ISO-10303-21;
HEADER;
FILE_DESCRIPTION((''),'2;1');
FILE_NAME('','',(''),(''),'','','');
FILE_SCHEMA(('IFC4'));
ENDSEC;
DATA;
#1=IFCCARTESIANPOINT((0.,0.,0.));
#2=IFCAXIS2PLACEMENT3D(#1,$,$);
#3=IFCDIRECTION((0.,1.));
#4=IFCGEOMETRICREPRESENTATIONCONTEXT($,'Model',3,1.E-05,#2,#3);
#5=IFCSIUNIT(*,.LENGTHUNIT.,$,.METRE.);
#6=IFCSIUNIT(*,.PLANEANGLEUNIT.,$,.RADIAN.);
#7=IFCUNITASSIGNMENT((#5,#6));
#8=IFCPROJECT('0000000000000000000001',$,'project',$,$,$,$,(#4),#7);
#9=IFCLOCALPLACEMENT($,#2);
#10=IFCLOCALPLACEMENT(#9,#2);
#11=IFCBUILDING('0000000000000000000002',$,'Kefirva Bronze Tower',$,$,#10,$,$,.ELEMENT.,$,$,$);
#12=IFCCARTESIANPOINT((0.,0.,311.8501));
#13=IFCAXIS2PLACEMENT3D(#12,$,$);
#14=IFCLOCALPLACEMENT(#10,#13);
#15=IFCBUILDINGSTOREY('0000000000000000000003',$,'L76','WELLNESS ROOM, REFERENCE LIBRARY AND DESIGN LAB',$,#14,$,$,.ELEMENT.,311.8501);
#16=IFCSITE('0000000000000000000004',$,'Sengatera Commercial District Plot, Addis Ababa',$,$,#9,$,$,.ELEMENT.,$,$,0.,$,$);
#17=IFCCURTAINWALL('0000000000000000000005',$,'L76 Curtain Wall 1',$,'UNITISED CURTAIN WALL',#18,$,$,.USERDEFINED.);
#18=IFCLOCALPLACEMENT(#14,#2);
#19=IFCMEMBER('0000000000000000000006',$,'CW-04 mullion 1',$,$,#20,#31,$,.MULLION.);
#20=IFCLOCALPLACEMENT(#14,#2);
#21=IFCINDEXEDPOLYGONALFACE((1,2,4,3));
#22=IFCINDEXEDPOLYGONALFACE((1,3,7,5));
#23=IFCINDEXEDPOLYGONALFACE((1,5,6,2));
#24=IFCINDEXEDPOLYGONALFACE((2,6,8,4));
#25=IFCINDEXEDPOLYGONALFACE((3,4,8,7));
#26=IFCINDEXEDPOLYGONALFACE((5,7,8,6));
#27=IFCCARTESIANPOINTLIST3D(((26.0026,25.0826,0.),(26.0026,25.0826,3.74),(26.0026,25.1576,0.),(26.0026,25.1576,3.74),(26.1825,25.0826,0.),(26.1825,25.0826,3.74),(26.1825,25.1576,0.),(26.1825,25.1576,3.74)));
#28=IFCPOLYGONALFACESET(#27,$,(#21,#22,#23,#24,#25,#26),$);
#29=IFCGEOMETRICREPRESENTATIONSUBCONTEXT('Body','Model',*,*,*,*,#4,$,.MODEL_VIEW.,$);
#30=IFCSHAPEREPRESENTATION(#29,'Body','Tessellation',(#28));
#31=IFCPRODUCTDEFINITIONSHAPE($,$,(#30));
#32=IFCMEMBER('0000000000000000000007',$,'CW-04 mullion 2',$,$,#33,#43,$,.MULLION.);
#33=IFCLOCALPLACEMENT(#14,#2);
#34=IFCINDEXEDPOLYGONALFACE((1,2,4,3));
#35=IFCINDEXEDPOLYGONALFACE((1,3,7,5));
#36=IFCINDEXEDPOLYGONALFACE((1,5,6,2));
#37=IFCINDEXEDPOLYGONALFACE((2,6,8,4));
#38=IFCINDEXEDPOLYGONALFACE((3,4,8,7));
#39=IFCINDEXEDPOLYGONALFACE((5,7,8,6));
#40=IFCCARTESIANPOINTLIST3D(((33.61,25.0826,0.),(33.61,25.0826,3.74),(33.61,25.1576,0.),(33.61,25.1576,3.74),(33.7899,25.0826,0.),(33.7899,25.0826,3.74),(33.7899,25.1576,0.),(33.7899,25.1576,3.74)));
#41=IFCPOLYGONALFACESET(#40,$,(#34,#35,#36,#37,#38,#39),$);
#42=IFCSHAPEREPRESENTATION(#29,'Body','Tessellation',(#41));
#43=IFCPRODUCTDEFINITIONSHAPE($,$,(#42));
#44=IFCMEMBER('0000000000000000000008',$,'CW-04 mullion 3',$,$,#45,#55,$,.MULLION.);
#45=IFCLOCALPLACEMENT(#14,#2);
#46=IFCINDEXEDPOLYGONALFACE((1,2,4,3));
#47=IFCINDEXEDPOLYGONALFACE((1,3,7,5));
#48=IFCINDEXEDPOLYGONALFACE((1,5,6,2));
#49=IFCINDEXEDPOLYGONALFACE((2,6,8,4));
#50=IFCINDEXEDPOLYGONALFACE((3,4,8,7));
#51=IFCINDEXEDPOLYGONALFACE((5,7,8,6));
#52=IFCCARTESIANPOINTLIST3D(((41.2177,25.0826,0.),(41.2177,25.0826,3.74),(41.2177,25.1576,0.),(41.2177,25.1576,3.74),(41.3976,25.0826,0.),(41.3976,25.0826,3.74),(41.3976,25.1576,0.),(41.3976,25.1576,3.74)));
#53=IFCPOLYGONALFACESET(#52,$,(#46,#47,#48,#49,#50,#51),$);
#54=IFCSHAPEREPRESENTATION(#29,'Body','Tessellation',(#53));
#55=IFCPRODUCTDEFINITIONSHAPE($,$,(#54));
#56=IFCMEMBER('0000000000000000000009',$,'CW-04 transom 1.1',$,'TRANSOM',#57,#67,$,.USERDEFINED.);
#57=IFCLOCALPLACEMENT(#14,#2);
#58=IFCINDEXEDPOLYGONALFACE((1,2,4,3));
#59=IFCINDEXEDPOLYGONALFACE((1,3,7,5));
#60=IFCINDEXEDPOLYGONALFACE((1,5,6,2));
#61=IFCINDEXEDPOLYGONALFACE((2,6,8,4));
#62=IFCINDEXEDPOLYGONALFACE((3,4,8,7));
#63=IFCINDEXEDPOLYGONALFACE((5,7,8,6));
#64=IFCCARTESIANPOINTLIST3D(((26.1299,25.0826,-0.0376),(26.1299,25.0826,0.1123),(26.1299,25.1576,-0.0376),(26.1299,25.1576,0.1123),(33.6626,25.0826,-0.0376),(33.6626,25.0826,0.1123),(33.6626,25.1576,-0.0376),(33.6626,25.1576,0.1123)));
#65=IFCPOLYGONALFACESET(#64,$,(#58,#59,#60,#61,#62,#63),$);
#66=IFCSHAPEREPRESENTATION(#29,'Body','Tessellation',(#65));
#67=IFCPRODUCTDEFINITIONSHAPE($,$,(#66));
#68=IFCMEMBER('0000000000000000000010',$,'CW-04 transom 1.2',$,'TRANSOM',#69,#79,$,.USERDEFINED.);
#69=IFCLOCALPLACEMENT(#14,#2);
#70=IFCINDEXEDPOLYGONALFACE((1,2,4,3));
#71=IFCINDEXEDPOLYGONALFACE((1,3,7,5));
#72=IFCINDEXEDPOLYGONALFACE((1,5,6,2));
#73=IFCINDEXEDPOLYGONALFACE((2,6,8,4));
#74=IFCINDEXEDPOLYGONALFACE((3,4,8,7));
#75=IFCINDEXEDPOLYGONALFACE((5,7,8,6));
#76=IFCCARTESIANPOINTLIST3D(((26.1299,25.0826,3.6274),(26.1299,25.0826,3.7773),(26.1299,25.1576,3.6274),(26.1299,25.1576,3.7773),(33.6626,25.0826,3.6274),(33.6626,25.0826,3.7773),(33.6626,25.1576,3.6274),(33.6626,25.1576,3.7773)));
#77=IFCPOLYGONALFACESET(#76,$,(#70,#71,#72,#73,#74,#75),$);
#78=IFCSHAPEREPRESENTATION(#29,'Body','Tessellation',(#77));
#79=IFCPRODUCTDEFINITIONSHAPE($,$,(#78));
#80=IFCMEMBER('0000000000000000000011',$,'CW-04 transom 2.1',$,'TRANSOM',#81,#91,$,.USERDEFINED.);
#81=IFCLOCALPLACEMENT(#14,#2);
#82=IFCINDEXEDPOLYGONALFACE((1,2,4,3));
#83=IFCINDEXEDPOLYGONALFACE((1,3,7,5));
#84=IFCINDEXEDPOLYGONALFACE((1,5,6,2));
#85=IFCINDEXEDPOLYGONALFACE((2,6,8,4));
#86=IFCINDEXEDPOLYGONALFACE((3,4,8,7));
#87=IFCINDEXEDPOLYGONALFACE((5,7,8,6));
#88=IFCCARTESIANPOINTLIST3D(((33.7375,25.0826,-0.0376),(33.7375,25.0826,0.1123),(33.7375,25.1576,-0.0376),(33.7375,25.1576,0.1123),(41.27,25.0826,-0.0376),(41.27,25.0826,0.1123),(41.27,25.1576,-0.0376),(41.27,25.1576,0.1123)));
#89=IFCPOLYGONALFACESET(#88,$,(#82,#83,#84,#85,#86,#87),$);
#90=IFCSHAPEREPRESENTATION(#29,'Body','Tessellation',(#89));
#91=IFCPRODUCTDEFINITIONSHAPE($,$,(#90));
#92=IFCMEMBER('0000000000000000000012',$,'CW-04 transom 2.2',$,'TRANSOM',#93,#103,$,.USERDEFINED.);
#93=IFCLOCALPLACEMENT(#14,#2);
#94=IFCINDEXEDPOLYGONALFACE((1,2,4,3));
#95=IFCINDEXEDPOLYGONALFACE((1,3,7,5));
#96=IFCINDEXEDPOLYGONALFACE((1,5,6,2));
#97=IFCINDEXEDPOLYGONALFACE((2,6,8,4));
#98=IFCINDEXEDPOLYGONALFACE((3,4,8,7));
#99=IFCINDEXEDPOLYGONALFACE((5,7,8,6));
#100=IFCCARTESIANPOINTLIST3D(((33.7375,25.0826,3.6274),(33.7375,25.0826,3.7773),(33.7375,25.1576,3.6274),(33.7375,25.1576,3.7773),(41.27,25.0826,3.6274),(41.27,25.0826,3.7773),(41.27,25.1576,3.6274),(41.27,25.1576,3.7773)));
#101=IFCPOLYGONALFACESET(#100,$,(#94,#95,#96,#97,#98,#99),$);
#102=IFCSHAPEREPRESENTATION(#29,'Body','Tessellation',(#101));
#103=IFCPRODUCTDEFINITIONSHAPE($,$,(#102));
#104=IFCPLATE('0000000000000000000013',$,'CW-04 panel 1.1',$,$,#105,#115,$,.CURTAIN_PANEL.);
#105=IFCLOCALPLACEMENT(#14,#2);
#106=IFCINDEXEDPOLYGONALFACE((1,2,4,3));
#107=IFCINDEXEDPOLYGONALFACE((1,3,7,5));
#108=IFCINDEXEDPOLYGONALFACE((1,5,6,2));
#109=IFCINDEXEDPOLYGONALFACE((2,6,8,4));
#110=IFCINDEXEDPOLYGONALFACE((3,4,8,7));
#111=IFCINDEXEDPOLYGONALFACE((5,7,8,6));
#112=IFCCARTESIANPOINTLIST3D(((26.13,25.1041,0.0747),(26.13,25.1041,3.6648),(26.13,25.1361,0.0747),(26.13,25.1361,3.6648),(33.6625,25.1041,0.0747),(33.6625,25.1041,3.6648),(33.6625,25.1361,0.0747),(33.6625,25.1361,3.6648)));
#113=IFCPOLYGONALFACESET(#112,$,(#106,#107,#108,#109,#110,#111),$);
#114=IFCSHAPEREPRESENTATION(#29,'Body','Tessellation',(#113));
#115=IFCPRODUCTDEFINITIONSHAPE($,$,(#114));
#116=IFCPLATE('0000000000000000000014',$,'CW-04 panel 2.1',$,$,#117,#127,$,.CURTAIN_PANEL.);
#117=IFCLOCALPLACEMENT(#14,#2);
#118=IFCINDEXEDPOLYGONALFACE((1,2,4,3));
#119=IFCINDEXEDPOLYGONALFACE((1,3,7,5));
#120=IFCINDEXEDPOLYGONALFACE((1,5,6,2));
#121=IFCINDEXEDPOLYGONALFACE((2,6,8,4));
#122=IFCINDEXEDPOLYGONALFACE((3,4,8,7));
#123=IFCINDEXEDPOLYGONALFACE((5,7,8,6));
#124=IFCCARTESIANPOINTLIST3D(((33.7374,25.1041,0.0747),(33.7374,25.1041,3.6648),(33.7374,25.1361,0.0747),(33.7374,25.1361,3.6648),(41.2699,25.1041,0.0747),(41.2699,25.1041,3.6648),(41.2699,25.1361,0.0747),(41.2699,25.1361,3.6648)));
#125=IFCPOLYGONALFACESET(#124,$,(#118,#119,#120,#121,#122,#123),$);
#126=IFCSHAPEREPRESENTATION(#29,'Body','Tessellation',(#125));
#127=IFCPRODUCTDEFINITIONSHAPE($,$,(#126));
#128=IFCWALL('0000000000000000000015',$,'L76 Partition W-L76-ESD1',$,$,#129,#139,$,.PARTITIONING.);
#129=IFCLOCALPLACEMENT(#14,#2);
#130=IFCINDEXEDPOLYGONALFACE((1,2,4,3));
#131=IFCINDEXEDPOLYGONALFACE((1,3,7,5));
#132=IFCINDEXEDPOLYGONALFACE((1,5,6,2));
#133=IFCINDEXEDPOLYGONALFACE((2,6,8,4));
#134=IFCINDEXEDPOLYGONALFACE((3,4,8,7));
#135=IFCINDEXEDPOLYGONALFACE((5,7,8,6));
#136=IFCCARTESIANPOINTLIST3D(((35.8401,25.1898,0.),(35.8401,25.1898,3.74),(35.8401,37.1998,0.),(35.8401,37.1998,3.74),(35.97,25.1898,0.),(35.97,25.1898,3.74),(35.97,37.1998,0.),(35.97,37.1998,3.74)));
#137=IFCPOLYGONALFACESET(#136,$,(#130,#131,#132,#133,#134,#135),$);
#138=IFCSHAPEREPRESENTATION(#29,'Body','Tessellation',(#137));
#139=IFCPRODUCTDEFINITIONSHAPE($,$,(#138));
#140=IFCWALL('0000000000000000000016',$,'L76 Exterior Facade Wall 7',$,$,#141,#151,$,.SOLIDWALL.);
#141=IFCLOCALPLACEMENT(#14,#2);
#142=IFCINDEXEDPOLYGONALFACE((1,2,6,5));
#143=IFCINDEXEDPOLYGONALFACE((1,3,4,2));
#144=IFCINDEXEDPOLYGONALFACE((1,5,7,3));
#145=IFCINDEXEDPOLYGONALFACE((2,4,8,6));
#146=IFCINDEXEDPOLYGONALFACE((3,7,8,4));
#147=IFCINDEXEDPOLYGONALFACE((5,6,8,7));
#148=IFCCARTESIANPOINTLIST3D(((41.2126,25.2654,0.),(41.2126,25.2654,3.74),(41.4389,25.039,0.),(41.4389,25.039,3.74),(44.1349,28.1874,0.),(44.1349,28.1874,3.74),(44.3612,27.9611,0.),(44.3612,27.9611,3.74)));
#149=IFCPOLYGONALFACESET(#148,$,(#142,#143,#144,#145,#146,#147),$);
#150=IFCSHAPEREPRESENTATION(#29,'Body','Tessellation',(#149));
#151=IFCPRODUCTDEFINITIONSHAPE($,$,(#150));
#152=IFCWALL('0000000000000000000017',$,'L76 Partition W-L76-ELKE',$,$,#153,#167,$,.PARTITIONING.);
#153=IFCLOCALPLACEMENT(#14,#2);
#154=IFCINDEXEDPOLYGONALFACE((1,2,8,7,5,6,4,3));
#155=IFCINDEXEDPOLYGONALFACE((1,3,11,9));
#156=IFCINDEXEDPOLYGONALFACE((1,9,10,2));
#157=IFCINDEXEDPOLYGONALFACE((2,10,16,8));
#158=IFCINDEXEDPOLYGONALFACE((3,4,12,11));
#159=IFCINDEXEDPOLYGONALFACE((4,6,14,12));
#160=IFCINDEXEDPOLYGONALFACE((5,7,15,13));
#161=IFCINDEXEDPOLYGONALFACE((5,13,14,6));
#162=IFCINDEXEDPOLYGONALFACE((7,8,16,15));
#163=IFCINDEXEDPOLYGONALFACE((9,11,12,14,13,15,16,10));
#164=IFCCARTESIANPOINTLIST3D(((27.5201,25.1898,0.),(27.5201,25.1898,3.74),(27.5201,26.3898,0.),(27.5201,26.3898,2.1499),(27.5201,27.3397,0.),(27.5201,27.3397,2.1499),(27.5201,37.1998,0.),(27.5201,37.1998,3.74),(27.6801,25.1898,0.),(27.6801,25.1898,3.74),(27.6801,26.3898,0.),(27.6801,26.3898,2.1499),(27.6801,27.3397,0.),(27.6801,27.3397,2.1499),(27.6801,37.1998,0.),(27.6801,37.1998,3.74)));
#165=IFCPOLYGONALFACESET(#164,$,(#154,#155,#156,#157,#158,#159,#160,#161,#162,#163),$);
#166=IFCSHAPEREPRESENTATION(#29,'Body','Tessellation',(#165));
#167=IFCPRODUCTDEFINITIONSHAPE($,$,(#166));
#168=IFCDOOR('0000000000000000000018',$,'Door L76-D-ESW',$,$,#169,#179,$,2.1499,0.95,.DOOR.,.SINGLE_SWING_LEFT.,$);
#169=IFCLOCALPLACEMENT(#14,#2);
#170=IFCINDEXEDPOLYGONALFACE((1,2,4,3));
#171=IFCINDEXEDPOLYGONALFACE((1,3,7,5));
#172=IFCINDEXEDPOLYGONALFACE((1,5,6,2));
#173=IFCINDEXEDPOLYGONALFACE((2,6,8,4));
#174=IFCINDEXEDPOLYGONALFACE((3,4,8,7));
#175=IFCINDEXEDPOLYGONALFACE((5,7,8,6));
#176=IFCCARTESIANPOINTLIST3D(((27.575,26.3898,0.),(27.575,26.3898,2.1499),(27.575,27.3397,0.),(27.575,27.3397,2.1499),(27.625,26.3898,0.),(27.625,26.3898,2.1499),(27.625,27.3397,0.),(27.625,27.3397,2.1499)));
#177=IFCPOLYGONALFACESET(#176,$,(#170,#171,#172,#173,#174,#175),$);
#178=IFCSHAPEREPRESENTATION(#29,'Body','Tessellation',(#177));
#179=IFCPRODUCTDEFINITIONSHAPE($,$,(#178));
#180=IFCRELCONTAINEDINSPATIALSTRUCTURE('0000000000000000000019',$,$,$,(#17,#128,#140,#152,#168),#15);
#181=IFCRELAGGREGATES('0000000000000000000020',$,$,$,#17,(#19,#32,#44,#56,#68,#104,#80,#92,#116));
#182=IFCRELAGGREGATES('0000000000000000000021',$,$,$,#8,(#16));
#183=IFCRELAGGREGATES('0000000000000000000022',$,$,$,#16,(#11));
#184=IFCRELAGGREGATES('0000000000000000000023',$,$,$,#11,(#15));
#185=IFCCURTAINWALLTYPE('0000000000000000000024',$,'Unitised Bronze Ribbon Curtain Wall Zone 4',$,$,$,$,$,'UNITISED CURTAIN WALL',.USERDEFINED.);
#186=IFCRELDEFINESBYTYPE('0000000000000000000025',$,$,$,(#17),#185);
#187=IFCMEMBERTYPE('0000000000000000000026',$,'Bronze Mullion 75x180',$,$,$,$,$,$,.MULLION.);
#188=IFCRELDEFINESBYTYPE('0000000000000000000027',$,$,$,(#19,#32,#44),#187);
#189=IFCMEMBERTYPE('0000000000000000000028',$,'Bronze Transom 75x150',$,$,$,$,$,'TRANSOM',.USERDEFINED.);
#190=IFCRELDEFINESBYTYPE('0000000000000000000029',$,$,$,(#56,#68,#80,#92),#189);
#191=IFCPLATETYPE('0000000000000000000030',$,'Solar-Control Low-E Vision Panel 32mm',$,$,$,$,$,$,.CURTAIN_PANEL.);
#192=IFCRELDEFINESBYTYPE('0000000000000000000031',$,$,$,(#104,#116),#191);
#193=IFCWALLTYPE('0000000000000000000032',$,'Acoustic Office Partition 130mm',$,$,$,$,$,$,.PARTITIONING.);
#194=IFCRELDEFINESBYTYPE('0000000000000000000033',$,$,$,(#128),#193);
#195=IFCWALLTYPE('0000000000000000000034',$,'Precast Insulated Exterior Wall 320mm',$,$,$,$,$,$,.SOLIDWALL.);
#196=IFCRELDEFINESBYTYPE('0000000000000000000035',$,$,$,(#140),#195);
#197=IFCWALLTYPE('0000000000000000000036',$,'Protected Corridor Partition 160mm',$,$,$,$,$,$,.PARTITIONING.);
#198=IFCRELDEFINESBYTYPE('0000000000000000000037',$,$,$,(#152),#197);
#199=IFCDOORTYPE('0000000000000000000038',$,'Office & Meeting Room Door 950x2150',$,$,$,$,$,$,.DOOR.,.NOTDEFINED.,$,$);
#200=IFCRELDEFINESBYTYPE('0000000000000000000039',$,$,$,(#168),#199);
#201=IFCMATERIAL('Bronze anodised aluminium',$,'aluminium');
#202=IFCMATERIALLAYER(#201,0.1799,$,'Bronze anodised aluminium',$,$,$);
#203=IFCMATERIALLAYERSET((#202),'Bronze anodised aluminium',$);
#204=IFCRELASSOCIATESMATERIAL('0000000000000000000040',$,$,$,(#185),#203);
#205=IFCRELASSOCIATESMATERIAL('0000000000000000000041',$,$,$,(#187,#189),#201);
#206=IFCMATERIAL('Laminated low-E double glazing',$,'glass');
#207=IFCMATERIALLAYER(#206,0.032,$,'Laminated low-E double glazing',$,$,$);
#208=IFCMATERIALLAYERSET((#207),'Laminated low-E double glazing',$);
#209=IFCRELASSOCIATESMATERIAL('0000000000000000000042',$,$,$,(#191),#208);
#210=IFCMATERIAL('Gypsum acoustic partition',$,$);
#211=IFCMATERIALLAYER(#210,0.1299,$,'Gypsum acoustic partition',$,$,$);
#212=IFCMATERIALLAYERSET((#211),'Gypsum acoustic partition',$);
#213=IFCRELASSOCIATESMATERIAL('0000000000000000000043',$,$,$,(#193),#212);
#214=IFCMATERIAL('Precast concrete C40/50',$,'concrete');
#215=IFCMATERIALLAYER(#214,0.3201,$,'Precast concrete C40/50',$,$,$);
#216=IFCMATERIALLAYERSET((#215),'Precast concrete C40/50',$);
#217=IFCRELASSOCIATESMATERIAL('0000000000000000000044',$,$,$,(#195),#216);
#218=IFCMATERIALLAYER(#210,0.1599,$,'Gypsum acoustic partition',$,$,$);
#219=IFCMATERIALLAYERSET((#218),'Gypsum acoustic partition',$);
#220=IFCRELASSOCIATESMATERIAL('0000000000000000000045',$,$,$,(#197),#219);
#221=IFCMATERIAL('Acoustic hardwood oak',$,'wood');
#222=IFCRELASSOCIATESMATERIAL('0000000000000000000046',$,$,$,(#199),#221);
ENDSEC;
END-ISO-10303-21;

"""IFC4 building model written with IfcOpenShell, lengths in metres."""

from ifc_helpers import new_model, si_unit, direction, frame, frame_2d, origin, origin_2d, place, context, subcontext, project, spatial, rectangle, extrude, material, layer, layer_set, material_profile, profile_set, type_object, element, fill, aggregate, save


model = new_model("IFC4")

# Units and contexts
model_context = context("Model", 3, precision=1e-05, world=origin(), true_north=direction((0.0, 1.0)))
body_context = subcontext(model_context, "Body", "Model", "MODEL_VIEW")
ifc_project = project(units=[si_unit("LENGTHUNIT", "METRE"), si_unit("PLANEANGLEUNIT", "RADIAN")], contexts=[model_context])

# Site, building, storey
site_placement = place(None, origin())
site = spatial("IfcSite", under=ifc_project, at=site_placement, Name="Sengatera Commercial District Plot, Addis Ababa", CompositionType="ELEMENT", RefElevation=0.0)
building_placement = place(site_placement, origin())
building = spatial("IfcBuilding", under=site, at=building_placement, Name="Kefirva Bronze Tower", CompositionType="ELEMENT")
storey_placement = place(building_placement, frame((0.0, 0.0, 311.8501)))
storey = spatial("IfcBuildingStorey", under=building, at=storey_placement, Name="L76", Description="WELLNESS ROOM, REFERENCE LIBRARY AND DESIGN LAB", CompositionType="ELEMENT", Elevation=311.8501)

# Curtain wall, members, plates
ifc_material_1 = material(Name="Bronze anodised aluminium", Category="aluminium")
ifc_layer_1 = layer(ifc_material_1, 0.1799, Name="Bronze anodised aluminium")
ifc_layer_set_1 = layer_set([ifc_layer_1], Name="Bronze anodised aluminium")
curtain_wall_type = type_object("IfcCurtainWallType", Name="Unitised Bronze Ribbon Curtain Wall Zone 4", ElementType="UNITISED CURTAIN WALL", PredefinedType="USERDEFINED", material=ifc_layer_set_1)
curtain_wall_placement = place(storey_placement, origin())
curtain_wall = element("IfcCurtainWall", 1, at=curtain_wall_placement, inside=storey, type_object=curtain_wall_type, Name="L76 Curtain Wall 1", ObjectType="UNITISED CURTAIN WALL", PredefinedType="USERDEFINED")
ifc_material_profile_1 = material_profile(ifc_material_1, rectangle(XDim=0.075, YDim=0.1799, at=origin_2d()), Name="ALU 75x180")
ifc_profile_set_1 = profile_set([ifc_material_profile_1], Name="Bronze anodised aluminium")
member_type_1 = type_object("IfcMemberType", Name="Bronze Mullion 75x180", PredefinedType="MULLION", material=ifc_profile_set_1)
member_1_placement = place(storey_placement, frame((26.0925, 25.1201, 0.0), z_axis=(0.0, 0.0, 1.0), x_axis=(0.0, 1.0, 0.0)))
member_1 = element("IfcMember", 2, at=member_1_placement, type_object=member_type_1, Name="CW-04 mullion 1", PredefinedType="MULLION", context=body_context, shape_type="SweptSolid", body=[
    extrude(rectangle(XDim=0.075, YDim=0.1799, at=origin_2d()), origin(), (0.0, 0.0, 1.0), 3.74),
])
member_2_placement = place(storey_placement, frame((33.7, 25.1201, 0.0), z_axis=(0.0, 0.0, 1.0), x_axis=(0.0, 1.0, 0.0)))
member_2 = element("IfcMember", 3, at=member_2_placement, type_object=member_type_1, Name="CW-04 mullion 2", PredefinedType="MULLION", context=body_context, shape_type="SweptSolid", body=[
    extrude(rectangle(XDim=0.075, YDim=0.1799, at=origin_2d()), origin(), (0.0, 0.0, 1.0), 3.74),
])
member_3_placement = place(storey_placement, frame((41.3076, 25.1201, 0.0), z_axis=(0.0, 0.0, 1.0), x_axis=(0.0, 1.0, 0.0)))
member_3 = element("IfcMember", 4, at=member_3_placement, type_object=member_type_1, Name="CW-04 mullion 3", PredefinedType="MULLION", context=body_context, shape_type="SweptSolid", body=[
    extrude(rectangle(XDim=0.075, YDim=0.1799, at=origin_2d()), origin(), (0.0, 0.0, 1.0), 3.74),
])
ifc_material_profile_2 = material_profile(ifc_material_1, rectangle(XDim=0.075, YDim=0.1499, at=origin_2d()), Name="ALU 75x150")
ifc_profile_set_2 = profile_set([ifc_material_profile_2], Name="Bronze anodised aluminium")
member_type_2 = type_object("IfcMemberType", Name="Bronze Transom 75x150", ElementType="TRANSOM", PredefinedType="USERDEFINED", material=ifc_profile_set_2)
member_4_placement = place(storey_placement, frame((26.1299, 25.1201, 0.0374), z_axis=(1.0, 0.0, 0.0), x_axis=(0.0, 1.0, 0.0)))
member_4 = element("IfcMember", 5, at=member_4_placement, type_object=member_type_2, Name="CW-04 transom 1.1", ObjectType="TRANSOM", PredefinedType="USERDEFINED", context=body_context, shape_type="SweptSolid", body=[
    extrude(rectangle(XDim=0.075, YDim=0.1499, at=origin_2d()), origin(), (0.0, 0.0, 1.0), 7.5327),
])
member_5_placement = place(storey_placement, frame((26.1299, 25.1201, 3.7024), z_axis=(1.0, 0.0, 0.0), x_axis=(0.0, 1.0, 0.0)))
member_5 = element("IfcMember", 6, at=member_5_placement, type_object=member_type_2, Name="CW-04 transom 1.2", ObjectType="TRANSOM", PredefinedType="USERDEFINED", context=body_context, shape_type="SweptSolid", body=[
    extrude(rectangle(XDim=0.075, YDim=0.1499, at=origin_2d()), origin(), (0.0, 0.0, 1.0), 7.5327),
])
member_6_placement = place(storey_placement, frame((33.7375, 25.1201, 0.0374), z_axis=(1.0, 0.0, 0.0), x_axis=(0.0, 1.0, 0.0)))
member_6 = element("IfcMember", 7, at=member_6_placement, type_object=member_type_2, Name="CW-04 transom 2.1", ObjectType="TRANSOM", PredefinedType="USERDEFINED", context=body_context, shape_type="SweptSolid", body=[
    extrude(rectangle(XDim=0.075, YDim=0.1499, at=origin_2d()), origin(), (0.0, 0.0, 1.0), 7.5325),
])
member_7_placement = place(storey_placement, frame((33.7375, 25.1201, 3.7024), z_axis=(1.0, 0.0, 0.0), x_axis=(0.0, 1.0, 0.0)))
member_7 = element("IfcMember", 8, at=member_7_placement, type_object=member_type_2, Name="CW-04 transom 2.2", ObjectType="TRANSOM", PredefinedType="USERDEFINED", context=body_context, shape_type="SweptSolid", body=[
    extrude(rectangle(XDim=0.075, YDim=0.1499, at=origin_2d()), origin(), (0.0, 0.0, 1.0), 7.5325),
])
ifc_material_2 = material(Name="Laminated low-E double glazing", Category="glass")
ifc_layer_2 = layer(ifc_material_2, 0.032, Name="Laminated low-E double glazing")
ifc_layer_set_2 = layer_set([ifc_layer_2], Name="Laminated low-E double glazing")
plate_type = type_object("IfcPlateType", Name="Solar-Control Low-E Vision Panel 32mm", PredefinedType="CURTAIN_PANEL", material=ifc_layer_set_2)
plate_1_placement = place(storey_placement, frame((29.8962, 25.1201, 0.0747), z_axis=(0.0, 0.0, 1.0), x_axis=(1.0, 0.0, 0.0)))
plate_1 = element("IfcPlate", 9, at=plate_1_placement, type_object=plate_type, Name="CW-04 panel 1.1", PredefinedType="CURTAIN_PANEL", context=body_context, shape_type="SweptSolid", body=[
    extrude(rectangle(XDim=7.5325, YDim=0.032, at=origin_2d()), origin(), (0.0, 0.0, 1.0), 3.5901),
])
plate_2_placement = place(storey_placement, frame((37.5037, 25.1201, 0.0747), z_axis=(0.0, 0.0, 1.0), x_axis=(1.0, 0.0, 0.0)))
plate_2 = element("IfcPlate", 10, at=plate_2_placement, type_object=plate_type, Name="CW-04 panel 2.1", PredefinedType="CURTAIN_PANEL", context=body_context, shape_type="SweptSolid", body=[
    extrude(rectangle(XDim=7.5325, YDim=0.032, at=origin_2d()), origin(), (0.0, 0.0, 1.0), 3.5901),
])
aggregate(curtain_wall, [member_1, member_2, member_3, member_4, member_5, plate_1, member_6, member_7, plate_2])

# Walls
ifc_material_3 = material(Name="Gypsum acoustic partition")
ifc_layer_3 = layer(ifc_material_3, 0.1299, Name="Gypsum acoustic partition")
ifc_layer_set_3 = layer_set([ifc_layer_3], Name="Gypsum acoustic partition")
wall_type_1 = type_object("IfcWallType", Name="Acoustic Office Partition 130mm", PredefinedType="PARTITIONING", material=ifc_layer_set_3)
wall_1_placement = place(storey_placement, frame((35.905, 25.1899, 0.0), z_axis=(0.0, 0.0, 1.0), x_axis=(0.0, 1.0, 0.0)))
element("IfcWall", 11, at=wall_1_placement, inside=storey, type_object=wall_type_1, Name="L76 Partition W-L76-ESD1", PredefinedType="PARTITIONING", context=body_context, shape_type="SweptSolid", body=[
    extrude(rectangle(XDim=12.01, YDim=0.1299, at=frame_2d((6.0049, 0.0))), origin(), (0.0, 0.0, 1.0), 3.74),
])
ifc_material_4 = material(Name="Precast concrete C40/50", Category="concrete")
ifc_layer_4 = layer(ifc_material_4, 0.3201, Name="Precast concrete C40/50")
ifc_layer_set_4 = layer_set([ifc_layer_4], Name="Precast concrete C40/50")
wall_type_2 = type_object("IfcWallType", Name="Precast Insulated Exterior Wall 320mm", PredefinedType="SOLIDWALL", material=ifc_layer_set_4)
wall_2_placement = place(storey_placement, frame((41.3257, 25.1521, 0.0), z_axis=(0.0, 0.0, 1.0), x_axis=(0.707136, 0.707077, 0.0)))
element("IfcWall", 12, at=wall_2_placement, inside=storey, type_object=wall_type_2, Name="L76 Exterior Facade Wall 7", PredefinedType="SOLIDWALL", context=body_context, shape_type="SweptSolid", body=[
    extrude(rectangle(XDim=4.1326, YDim=0.3201, at=frame_2d((2.0664, 0.0))), origin(), (0.0, 0.0, 1.0), 3.74),
])

# Wall, opening, door
ifc_layer_5 = layer(ifc_material_3, 0.1599, Name="Gypsum acoustic partition")
ifc_layer_set_5 = layer_set([ifc_layer_5], Name="Gypsum acoustic partition")
wall_type_3 = type_object("IfcWallType", Name="Protected Corridor Partition 160mm", PredefinedType="PARTITIONING", material=ifc_layer_set_5)
wall_3_placement = place(storey_placement, frame((27.6001, 25.1899, 0.0), z_axis=(0.0, 0.0, 1.0), x_axis=(0.0, 1.0, 0.0)))
wall_3 = element("IfcWall", 13, at=wall_3_placement, inside=storey, type_object=wall_type_3, Name="L76 Partition W-L76-ELKE", PredefinedType="PARTITIONING", context=body_context, shape_type="SweptSolid", body=[
    extrude(rectangle(XDim=12.01, YDim=0.1599, at=frame_2d((6.0049, 0.0))), origin(), (0.0, 0.0, 1.0), 3.74),
])
opening_placement = place(wall_3_placement, frame((2.1499, 0.0, 0.0), z_axis=(0.0, 0.0, 1.0), x_axis=(-1.0, 0.0, 0.0)))
opening = element("IfcOpeningElement", 14, at=opening_placement, cuts=wall_3, PredefinedType="OPENING", context=body_context, shape_type="SweptSolid", body=[
    extrude(rectangle(XDim=0.95, YDim=2.1499, at=frame_2d((0.4751, 1.075))), frame((0.0, 0.0898, 0.0), z_axis=(0.0, -1.0, 0.0), x_axis=(1.0, 0.0, 0.0)), (0.0, 0.0, 1.0), 0.1799),
])
ifc_material_5 = material(Name="Acoustic hardwood oak", Category="wood")
door_type = type_object("IfcDoorType", Name="Office & Meeting Room Door 950x2150", OperationType="NOTDEFINED", PredefinedType="DOOR", material=ifc_material_5)
door_placement = place(opening_placement, origin())
door = element("IfcDoor", 15, at=door_placement, inside=storey, type_object=door_type, Name="Door L76-D-ESW", OperationType="SINGLE_SWING_LEFT", OverallHeight=2.1499, OverallWidth=0.95, PredefinedType="DOOR", context=body_context, shape_type="SweptSolid", body=[
    extrude(rectangle(XDim=0.95, YDim=2.1499, at=frame_2d((0.4751, 1.075))), frame((0.0, 0.0249, 0.0), z_axis=(0.0, -1.0, 0.0), x_axis=(1.0, 0.0, 0.0)), (0.0, 0.0, 1.0), 0.05),
])
fill(opening, door)

save(model, "model.ifc")
